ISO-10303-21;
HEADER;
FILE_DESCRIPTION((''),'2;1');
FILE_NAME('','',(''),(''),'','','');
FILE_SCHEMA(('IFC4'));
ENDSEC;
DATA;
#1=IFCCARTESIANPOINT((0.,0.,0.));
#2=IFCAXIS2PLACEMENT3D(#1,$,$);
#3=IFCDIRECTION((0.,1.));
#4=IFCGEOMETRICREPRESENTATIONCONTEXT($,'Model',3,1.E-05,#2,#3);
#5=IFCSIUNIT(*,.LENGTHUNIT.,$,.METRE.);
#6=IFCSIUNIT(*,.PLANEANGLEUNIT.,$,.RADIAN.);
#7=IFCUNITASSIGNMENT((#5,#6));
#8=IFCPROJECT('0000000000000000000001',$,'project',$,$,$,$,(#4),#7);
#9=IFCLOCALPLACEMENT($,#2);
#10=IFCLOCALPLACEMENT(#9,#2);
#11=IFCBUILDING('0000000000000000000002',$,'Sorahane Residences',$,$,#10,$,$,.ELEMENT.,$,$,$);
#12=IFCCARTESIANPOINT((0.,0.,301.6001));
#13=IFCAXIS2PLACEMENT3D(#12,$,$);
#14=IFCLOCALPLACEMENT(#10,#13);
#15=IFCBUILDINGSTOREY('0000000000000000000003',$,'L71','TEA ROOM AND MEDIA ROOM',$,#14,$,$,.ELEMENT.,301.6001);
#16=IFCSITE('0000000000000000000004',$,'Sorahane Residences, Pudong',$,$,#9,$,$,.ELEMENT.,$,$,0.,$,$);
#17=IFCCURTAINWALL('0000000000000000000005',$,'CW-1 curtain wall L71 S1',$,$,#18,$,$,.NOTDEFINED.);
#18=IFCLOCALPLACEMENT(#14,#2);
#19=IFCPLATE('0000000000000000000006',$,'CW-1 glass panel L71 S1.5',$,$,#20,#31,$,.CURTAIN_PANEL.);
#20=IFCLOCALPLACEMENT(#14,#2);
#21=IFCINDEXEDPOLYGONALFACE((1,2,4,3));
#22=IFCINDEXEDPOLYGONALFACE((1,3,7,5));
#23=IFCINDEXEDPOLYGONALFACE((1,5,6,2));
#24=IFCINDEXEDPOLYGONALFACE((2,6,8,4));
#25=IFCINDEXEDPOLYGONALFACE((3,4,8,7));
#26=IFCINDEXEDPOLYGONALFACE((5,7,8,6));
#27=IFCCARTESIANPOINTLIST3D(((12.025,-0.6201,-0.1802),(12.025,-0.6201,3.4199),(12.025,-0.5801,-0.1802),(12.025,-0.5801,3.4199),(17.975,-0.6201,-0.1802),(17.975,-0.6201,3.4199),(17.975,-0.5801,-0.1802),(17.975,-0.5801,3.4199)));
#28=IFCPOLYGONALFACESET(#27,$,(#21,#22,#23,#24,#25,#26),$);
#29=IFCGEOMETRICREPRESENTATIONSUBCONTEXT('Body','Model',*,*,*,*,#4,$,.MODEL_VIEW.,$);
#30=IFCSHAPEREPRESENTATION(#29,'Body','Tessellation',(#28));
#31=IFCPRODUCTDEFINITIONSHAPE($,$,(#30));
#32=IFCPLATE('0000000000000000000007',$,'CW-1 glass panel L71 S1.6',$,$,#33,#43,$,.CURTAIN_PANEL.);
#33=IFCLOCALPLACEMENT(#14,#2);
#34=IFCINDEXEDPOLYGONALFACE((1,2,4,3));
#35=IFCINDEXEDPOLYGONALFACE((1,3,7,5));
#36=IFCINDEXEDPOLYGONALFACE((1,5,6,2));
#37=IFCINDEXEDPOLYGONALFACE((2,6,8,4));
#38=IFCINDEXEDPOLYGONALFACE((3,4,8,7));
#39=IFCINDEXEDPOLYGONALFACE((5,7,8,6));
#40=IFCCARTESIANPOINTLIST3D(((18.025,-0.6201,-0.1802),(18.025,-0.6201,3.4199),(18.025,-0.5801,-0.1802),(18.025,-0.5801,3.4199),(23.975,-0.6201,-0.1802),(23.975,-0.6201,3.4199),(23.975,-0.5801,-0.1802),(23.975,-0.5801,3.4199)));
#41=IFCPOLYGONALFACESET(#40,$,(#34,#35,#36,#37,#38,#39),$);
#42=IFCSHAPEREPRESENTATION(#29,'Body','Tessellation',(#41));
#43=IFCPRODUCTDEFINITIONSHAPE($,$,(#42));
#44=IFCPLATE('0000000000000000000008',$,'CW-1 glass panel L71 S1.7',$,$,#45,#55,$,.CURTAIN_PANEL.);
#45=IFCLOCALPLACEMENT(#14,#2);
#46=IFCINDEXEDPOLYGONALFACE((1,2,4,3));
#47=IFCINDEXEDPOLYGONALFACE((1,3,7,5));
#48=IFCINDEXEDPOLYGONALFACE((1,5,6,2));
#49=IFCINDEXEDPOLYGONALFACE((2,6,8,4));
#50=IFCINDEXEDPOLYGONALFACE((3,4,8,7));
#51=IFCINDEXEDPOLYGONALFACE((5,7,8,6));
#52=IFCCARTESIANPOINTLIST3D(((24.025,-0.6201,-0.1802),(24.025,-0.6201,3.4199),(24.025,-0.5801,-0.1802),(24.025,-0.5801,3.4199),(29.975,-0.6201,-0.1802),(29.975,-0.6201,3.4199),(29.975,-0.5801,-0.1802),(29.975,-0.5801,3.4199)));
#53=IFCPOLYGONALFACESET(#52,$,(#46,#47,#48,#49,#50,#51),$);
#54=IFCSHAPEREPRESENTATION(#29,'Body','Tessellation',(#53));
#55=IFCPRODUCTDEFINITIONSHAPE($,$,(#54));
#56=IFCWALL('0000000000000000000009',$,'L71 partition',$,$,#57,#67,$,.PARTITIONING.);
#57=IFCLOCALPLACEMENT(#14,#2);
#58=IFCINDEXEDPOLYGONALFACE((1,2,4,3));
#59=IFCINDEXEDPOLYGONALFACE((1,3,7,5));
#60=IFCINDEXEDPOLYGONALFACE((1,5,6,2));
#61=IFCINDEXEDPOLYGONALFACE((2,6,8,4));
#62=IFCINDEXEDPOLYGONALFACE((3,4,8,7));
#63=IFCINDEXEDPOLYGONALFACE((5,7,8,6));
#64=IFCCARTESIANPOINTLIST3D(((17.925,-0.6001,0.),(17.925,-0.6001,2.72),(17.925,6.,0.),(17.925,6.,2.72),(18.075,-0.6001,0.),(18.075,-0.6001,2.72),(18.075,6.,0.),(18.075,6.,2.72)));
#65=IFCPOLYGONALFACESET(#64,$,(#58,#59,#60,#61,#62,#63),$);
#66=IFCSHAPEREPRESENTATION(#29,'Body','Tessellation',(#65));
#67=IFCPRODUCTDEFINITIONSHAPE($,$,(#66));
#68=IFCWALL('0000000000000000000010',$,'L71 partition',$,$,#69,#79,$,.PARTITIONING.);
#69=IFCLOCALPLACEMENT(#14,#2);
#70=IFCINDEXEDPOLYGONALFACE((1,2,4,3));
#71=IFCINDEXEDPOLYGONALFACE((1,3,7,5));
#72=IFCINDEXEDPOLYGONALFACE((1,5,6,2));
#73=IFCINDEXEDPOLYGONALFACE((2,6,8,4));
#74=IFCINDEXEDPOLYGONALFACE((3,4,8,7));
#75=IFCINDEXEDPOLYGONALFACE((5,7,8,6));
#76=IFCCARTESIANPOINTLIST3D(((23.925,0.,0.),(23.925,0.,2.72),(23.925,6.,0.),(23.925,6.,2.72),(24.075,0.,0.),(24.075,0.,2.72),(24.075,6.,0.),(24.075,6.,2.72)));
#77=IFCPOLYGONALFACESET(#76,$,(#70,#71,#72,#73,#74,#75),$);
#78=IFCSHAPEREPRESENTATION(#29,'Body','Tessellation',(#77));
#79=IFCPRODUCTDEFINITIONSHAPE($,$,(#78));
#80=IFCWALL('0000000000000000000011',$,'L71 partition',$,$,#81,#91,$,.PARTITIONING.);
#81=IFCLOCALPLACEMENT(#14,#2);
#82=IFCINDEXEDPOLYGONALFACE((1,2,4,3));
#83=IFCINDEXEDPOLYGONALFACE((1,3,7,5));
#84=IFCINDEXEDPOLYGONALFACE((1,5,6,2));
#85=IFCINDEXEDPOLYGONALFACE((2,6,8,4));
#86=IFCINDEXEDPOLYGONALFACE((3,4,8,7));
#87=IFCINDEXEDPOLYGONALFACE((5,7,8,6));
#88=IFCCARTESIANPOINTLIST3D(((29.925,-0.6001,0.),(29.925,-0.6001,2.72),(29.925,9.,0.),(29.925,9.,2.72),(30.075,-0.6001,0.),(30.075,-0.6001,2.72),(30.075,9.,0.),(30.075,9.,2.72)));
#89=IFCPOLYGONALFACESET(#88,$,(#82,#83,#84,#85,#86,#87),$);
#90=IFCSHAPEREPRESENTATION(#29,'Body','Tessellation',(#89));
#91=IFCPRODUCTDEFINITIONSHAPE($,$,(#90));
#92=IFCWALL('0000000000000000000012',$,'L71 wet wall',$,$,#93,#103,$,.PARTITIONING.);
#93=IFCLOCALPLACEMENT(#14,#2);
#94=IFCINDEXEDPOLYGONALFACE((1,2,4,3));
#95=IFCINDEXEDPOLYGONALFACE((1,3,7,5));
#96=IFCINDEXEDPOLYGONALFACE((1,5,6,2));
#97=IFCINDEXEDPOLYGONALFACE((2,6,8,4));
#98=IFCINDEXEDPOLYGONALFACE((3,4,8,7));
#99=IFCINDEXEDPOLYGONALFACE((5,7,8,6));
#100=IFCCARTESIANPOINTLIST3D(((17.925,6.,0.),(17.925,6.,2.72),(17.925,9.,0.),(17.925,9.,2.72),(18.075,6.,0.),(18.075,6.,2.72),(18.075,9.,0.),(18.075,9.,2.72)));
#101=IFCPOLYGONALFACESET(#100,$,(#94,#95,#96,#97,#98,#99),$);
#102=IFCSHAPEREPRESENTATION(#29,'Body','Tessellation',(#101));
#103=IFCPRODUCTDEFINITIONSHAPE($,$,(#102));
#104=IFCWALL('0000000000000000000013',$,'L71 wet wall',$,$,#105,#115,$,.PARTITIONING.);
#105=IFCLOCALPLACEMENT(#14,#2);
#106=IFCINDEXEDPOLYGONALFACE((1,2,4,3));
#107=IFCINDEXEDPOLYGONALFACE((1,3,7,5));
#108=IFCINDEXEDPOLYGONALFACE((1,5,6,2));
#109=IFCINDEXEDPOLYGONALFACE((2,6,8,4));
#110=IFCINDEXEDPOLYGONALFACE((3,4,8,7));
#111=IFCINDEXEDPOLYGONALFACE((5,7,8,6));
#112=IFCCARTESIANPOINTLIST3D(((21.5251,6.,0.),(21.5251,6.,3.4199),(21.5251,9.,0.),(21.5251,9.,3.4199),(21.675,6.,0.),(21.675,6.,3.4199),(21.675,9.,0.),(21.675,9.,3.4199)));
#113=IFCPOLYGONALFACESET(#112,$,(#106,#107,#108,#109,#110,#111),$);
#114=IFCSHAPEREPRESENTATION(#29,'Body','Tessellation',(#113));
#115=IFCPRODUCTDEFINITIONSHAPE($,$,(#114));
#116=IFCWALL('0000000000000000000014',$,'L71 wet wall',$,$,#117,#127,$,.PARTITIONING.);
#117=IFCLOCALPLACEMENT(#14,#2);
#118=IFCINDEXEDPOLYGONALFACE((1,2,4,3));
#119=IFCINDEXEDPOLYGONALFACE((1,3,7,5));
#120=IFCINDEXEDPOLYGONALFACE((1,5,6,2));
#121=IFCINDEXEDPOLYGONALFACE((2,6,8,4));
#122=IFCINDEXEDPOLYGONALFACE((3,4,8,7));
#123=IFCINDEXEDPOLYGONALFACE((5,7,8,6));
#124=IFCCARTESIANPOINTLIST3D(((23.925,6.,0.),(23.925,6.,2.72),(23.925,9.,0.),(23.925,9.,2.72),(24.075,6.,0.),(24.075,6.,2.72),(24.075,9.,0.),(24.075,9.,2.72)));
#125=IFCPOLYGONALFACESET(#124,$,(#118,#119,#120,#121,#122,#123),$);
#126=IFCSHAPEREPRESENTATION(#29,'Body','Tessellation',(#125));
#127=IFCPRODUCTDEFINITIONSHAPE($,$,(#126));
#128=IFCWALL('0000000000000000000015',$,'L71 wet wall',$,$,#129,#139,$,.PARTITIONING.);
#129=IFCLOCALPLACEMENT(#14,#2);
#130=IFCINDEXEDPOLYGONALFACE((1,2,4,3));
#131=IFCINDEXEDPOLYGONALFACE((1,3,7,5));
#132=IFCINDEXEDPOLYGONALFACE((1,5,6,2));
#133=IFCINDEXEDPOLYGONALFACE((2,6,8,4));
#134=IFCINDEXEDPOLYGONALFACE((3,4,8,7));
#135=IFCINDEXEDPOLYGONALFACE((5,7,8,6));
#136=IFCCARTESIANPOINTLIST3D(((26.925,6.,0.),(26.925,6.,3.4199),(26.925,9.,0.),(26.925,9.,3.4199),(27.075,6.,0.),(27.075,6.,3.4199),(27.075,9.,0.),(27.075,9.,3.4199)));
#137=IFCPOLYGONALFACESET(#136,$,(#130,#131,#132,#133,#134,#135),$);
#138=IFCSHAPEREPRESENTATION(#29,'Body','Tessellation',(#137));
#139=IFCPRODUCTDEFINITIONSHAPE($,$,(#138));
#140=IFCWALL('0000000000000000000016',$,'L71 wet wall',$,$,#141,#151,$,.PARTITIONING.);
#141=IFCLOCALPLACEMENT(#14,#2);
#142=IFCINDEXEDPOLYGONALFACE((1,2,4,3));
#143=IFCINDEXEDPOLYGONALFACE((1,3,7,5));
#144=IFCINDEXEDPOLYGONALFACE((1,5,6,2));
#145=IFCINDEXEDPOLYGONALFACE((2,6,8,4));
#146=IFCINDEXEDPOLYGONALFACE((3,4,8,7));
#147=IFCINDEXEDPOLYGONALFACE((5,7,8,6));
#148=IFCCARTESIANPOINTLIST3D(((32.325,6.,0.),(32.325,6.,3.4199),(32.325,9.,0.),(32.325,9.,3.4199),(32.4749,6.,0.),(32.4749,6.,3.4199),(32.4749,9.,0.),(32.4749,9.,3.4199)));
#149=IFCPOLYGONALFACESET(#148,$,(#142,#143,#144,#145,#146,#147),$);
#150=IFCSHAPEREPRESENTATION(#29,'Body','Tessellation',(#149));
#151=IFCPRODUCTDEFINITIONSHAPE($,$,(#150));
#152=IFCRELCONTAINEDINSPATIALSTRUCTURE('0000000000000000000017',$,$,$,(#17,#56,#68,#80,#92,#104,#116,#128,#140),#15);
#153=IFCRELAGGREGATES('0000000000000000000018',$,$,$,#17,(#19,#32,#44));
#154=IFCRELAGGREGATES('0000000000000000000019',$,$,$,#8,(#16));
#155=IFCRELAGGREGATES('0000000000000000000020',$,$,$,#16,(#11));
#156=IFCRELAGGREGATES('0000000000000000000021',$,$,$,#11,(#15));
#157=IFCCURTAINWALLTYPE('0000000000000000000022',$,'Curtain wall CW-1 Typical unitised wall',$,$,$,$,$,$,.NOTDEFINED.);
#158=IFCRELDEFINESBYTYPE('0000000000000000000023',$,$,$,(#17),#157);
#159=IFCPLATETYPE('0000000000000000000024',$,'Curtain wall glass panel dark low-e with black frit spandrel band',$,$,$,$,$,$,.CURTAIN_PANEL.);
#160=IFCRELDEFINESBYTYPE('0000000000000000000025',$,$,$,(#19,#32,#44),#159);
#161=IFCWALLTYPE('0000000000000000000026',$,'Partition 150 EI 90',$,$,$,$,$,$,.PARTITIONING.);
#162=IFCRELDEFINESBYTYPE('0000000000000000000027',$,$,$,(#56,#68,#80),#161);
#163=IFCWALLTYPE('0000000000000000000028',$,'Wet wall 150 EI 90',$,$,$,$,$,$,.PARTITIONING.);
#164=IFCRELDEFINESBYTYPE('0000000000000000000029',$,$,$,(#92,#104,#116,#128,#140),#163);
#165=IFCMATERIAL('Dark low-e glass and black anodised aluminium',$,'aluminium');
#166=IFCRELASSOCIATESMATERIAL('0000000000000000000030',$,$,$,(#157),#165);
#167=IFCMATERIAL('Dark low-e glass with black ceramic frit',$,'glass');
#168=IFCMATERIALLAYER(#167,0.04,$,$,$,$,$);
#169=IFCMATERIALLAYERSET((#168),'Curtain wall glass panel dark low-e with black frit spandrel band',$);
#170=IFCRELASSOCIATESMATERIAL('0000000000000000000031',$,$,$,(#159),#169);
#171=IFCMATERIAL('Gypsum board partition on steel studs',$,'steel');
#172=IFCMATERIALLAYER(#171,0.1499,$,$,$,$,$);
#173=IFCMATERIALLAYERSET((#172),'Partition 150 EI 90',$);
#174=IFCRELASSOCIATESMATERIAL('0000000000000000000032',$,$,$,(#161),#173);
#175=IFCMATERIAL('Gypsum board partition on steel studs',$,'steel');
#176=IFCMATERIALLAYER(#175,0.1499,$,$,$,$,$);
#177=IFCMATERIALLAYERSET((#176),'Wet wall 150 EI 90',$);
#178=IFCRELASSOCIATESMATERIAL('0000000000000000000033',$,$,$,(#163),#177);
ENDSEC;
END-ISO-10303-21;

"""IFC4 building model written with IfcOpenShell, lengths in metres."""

from ifc_helpers import new_model, si_unit, direction, frame, frame_2d, origin, origin_2d, place, context, subcontext, project, spatial, rectangle, extrude, material, layer, layer_set, type_object, element, aggregate, save


model = new_model("IFC4")

# Units and contexts
model_context = context("Model", 3, precision=1e-05, world=origin(), true_north=direction((0.0, 1.0)))
body_context = subcontext(model_context, "Body", "Model", "MODEL_VIEW")
ifc_project = project(units=[si_unit("LENGTHUNIT", "METRE"), si_unit("PLANEANGLEUNIT", "RADIAN")], contexts=[model_context])

# Site, building, storey
site_placement = place(None, origin())
site = spatial("IfcSite", under=ifc_project, at=site_placement, Name="Sorahane Residences, Pudong", CompositionType="ELEMENT", RefElevation=0.0)
building_placement = place(site_placement, origin())
building = spatial("IfcBuilding", under=site, at=building_placement, Name="Sorahane Residences", CompositionType="ELEMENT")
storey_placement = place(building_placement, frame((0.0, 0.0, 301.6001)))
storey = spatial("IfcBuildingStorey", under=building, at=storey_placement, Name="L71", Description="TEA ROOM AND MEDIA ROOM", CompositionType="ELEMENT", Elevation=301.6001)

# Curtain wall
ifc_material_1 = material(Name="Dark low-e glass and black anodised aluminium", Category="aluminium")
curtain_wall_type = type_object("IfcCurtainWallType", Name="Curtain wall CW-1 Typical unitised wall", PredefinedType="NOTDEFINED", material=ifc_material_1)
curtain_wall_placement = place(storey_placement, origin())
curtain_wall = element("IfcCurtainWall", 1, at=curtain_wall_placement, inside=storey, type_object=curtain_wall_type, Name="CW-1 curtain wall L71 S1", PredefinedType="NOTDEFINED")

# Plates
ifc_material_2 = material(Name="Dark low-e glass with black ceramic frit", Category="glass")
ifc_layer_1 = layer(ifc_material_2, 0.04)
ifc_layer_set_1 = layer_set([ifc_layer_1], Name="Curtain wall glass panel dark low-e with black frit spandrel band")
plate_type = type_object("IfcPlateType", Name="Curtain wall glass panel dark low-e with black frit spandrel band", PredefinedType="CURTAIN_PANEL", material=ifc_layer_set_1)
plate_1_placement = place(storey_placement, frame((15.0, -0.6001, -0.1802), z_axis=(0.0, 0.0, 1.0), x_axis=(1.0, 0.0, 0.0)))
plate_1 = element("IfcPlate", 2, at=plate_1_placement, type_object=plate_type, Name="CW-1 glass panel L71 S1.5", PredefinedType="CURTAIN_PANEL", context=body_context, shape_type="SweptSolid", body=[
    extrude(rectangle(XDim=5.95, YDim=0.04, at=origin_2d()), origin(), (0.0, 0.0, 1.0), 3.6001),
])
plate_2_placement = place(storey_placement, frame((21.0, -0.6001, -0.1802), z_axis=(0.0, 0.0, 1.0), x_axis=(1.0, 0.0, 0.0)))
plate_2 = element("IfcPlate", 3, at=plate_2_placement, type_object=plate_type, Name="CW-1 glass panel L71 S1.6", PredefinedType="CURTAIN_PANEL", context=body_context, shape_type="SweptSolid", body=[
    extrude(rectangle(XDim=5.95, YDim=0.04, at=origin_2d()), origin(), (0.0, 0.0, 1.0), 3.6001),
])
plate_3_placement = place(storey_placement, frame((27.0, -0.6001, -0.1802), z_axis=(0.0, 0.0, 1.0), x_axis=(1.0, 0.0, 0.0)))
plate_3 = element("IfcPlate", 4, at=plate_3_placement, type_object=plate_type, Name="CW-1 glass panel L71 S1.7", PredefinedType="CURTAIN_PANEL", context=body_context, shape_type="SweptSolid", body=[
    extrude(rectangle(XDim=5.95, YDim=0.04, at=origin_2d()), origin(), (0.0, 0.0, 1.0), 3.6001),
])
aggregate(curtain_wall, [plate_1, plate_2, plate_3])

# Walls
ifc_material_3 = material(Name="Gypsum board partition on steel studs", Category="steel")
ifc_layer_2 = layer(ifc_material_3, 0.1499)
ifc_layer_set_2 = layer_set([ifc_layer_2], Name="Partition 150 EI 90")
wall_type_1 = type_object("IfcWallType", Name="Partition 150 EI 90", PredefinedType="PARTITIONING", material=ifc_layer_set_2)
wall_1_placement = place(storey_placement, frame((18.0, -0.6001, 0.0), z_axis=(0.0, 0.0, 1.0), x_axis=(0.0, 1.0, 0.0)))
element("IfcWall", 5, at=wall_1_placement, inside=storey, type_object=wall_type_1, Name="L71 partition", PredefinedType="PARTITIONING", context=body_context, shape_type="SweptSolid", body=[
    extrude(rectangle(XDim=6.6001, YDim=0.1499, at=frame_2d((3.3, 0.0))), origin(), (0.0, 0.0, 1.0), 2.72),
])
wall_2_placement = place(storey_placement, frame((24.0, 0.0, 0.0), z_axis=(0.0, 0.0, 1.0), x_axis=(0.0, 1.0, 0.0)))
element("IfcWall", 6, at=wall_2_placement, inside=storey, type_object=wall_type_1, Name="L71 partition", PredefinedType="PARTITIONING", context=body_context, shape_type="SweptSolid", body=[
    extrude(rectangle(XDim=6.0, YDim=0.1499, at=frame_2d((3.0, 0.0))), origin(), (0.0, 0.0, 1.0), 2.72),
])
wall_3_placement = place(storey_placement, frame((30.0, -0.6001, 0.0), z_axis=(0.0, 0.0, 1.0), x_axis=(0.0, 1.0, 0.0)))
element("IfcWall", 7, at=wall_3_placement, inside=storey, type_object=wall_type_1, Name="L71 partition", PredefinedType="PARTITIONING", context=body_context, shape_type="SweptSolid", body=[
    extrude(rectangle(XDim=9.6001, YDim=0.1499, at=frame_2d((4.8, 0.0))), origin(), (0.0, 0.0, 1.0), 2.72),
])

# Walls
ifc_material_4 = material(Name="Gypsum board partition on steel studs", Category="steel")
ifc_layer_3 = layer(ifc_material_4, 0.1499)
ifc_layer_set_3 = layer_set([ifc_layer_3], Name="Wet wall 150 EI 90")
wall_type_2 = type_object("IfcWallType", Name="Wet wall 150 EI 90", PredefinedType="PARTITIONING", material=ifc_layer_set_3)
wall_4_placement = place(storey_placement, frame((18.0, 6.0, 0.0), z_axis=(0.0, 0.0, 1.0), x_axis=(0.0, 1.0, 0.0)))
element("IfcWall", 8, at=wall_4_placement, inside=storey, type_object=wall_type_2, Name="L71 wet wall", PredefinedType="PARTITIONING", context=body_context, shape_type="SweptSolid", body=[
    extrude(rectangle(XDim=3.0, YDim=0.1499, at=frame_2d((1.5, 0.0))), origin(), (0.0, 0.0, 1.0), 2.72),
])
wall_5_placement = place(storey_placement, frame((21.6001, 6.0, 0.0), z_axis=(0.0, 0.0, 1.0), x_axis=(0.0, 1.0, 0.0)))
element("IfcWall", 9, at=wall_5_placement, inside=storey, type_object=wall_type_2, Name="L71 wet wall", PredefinedType="PARTITIONING", context=body_context, shape_type="SweptSolid", body=[
    extrude(rectangle(XDim=3.0, YDim=0.1499, at=frame_2d((1.5, 0.0))), origin(), (0.0, 0.0, 1.0), 3.4199),
])
wall_6_placement = place(storey_placement, frame((24.0, 6.0, 0.0), z_axis=(0.0, 0.0, 1.0), x_axis=(0.0, 1.0, 0.0)))
element("IfcWall", 10, at=wall_6_placement, inside=storey, type_object=wall_type_2, Name="L71 wet wall", PredefinedType="PARTITIONING", context=body_context, shape_type="SweptSolid", body=[
    extrude(rectangle(XDim=3.0, YDim=0.1499, at=frame_2d((1.5, 0.0))), origin(), (0.0, 0.0, 1.0), 2.72),
])
for number, where, z_axis, x_axis, name in (
    (11, (27.0, 6.0, 0.0), (0.0, 0.0, 1.0), (0.0, 1.0, 0.0), "L71 wet wall"),
    (12, (32.3999, 6.0, 0.0), (0.0, 0.0, 1.0), (0.0, 1.0, 0.0), "L71 wet wall"),
):
    element("IfcWall", number, at=place(storey_placement, frame(where, z_axis=z_axis, x_axis=x_axis)), inside=storey, type_object=wall_type_2, Name=name, PredefinedType="PARTITIONING", context=body_context, shape_type="SweptSolid", body=[
        extrude(rectangle(XDim=3.0, YDim=0.1499, at=frame_2d((1.5, 0.0))), origin(), (0.0, 0.0, 1.0), 3.4199),
    ])

save(model, "model.ifc")
